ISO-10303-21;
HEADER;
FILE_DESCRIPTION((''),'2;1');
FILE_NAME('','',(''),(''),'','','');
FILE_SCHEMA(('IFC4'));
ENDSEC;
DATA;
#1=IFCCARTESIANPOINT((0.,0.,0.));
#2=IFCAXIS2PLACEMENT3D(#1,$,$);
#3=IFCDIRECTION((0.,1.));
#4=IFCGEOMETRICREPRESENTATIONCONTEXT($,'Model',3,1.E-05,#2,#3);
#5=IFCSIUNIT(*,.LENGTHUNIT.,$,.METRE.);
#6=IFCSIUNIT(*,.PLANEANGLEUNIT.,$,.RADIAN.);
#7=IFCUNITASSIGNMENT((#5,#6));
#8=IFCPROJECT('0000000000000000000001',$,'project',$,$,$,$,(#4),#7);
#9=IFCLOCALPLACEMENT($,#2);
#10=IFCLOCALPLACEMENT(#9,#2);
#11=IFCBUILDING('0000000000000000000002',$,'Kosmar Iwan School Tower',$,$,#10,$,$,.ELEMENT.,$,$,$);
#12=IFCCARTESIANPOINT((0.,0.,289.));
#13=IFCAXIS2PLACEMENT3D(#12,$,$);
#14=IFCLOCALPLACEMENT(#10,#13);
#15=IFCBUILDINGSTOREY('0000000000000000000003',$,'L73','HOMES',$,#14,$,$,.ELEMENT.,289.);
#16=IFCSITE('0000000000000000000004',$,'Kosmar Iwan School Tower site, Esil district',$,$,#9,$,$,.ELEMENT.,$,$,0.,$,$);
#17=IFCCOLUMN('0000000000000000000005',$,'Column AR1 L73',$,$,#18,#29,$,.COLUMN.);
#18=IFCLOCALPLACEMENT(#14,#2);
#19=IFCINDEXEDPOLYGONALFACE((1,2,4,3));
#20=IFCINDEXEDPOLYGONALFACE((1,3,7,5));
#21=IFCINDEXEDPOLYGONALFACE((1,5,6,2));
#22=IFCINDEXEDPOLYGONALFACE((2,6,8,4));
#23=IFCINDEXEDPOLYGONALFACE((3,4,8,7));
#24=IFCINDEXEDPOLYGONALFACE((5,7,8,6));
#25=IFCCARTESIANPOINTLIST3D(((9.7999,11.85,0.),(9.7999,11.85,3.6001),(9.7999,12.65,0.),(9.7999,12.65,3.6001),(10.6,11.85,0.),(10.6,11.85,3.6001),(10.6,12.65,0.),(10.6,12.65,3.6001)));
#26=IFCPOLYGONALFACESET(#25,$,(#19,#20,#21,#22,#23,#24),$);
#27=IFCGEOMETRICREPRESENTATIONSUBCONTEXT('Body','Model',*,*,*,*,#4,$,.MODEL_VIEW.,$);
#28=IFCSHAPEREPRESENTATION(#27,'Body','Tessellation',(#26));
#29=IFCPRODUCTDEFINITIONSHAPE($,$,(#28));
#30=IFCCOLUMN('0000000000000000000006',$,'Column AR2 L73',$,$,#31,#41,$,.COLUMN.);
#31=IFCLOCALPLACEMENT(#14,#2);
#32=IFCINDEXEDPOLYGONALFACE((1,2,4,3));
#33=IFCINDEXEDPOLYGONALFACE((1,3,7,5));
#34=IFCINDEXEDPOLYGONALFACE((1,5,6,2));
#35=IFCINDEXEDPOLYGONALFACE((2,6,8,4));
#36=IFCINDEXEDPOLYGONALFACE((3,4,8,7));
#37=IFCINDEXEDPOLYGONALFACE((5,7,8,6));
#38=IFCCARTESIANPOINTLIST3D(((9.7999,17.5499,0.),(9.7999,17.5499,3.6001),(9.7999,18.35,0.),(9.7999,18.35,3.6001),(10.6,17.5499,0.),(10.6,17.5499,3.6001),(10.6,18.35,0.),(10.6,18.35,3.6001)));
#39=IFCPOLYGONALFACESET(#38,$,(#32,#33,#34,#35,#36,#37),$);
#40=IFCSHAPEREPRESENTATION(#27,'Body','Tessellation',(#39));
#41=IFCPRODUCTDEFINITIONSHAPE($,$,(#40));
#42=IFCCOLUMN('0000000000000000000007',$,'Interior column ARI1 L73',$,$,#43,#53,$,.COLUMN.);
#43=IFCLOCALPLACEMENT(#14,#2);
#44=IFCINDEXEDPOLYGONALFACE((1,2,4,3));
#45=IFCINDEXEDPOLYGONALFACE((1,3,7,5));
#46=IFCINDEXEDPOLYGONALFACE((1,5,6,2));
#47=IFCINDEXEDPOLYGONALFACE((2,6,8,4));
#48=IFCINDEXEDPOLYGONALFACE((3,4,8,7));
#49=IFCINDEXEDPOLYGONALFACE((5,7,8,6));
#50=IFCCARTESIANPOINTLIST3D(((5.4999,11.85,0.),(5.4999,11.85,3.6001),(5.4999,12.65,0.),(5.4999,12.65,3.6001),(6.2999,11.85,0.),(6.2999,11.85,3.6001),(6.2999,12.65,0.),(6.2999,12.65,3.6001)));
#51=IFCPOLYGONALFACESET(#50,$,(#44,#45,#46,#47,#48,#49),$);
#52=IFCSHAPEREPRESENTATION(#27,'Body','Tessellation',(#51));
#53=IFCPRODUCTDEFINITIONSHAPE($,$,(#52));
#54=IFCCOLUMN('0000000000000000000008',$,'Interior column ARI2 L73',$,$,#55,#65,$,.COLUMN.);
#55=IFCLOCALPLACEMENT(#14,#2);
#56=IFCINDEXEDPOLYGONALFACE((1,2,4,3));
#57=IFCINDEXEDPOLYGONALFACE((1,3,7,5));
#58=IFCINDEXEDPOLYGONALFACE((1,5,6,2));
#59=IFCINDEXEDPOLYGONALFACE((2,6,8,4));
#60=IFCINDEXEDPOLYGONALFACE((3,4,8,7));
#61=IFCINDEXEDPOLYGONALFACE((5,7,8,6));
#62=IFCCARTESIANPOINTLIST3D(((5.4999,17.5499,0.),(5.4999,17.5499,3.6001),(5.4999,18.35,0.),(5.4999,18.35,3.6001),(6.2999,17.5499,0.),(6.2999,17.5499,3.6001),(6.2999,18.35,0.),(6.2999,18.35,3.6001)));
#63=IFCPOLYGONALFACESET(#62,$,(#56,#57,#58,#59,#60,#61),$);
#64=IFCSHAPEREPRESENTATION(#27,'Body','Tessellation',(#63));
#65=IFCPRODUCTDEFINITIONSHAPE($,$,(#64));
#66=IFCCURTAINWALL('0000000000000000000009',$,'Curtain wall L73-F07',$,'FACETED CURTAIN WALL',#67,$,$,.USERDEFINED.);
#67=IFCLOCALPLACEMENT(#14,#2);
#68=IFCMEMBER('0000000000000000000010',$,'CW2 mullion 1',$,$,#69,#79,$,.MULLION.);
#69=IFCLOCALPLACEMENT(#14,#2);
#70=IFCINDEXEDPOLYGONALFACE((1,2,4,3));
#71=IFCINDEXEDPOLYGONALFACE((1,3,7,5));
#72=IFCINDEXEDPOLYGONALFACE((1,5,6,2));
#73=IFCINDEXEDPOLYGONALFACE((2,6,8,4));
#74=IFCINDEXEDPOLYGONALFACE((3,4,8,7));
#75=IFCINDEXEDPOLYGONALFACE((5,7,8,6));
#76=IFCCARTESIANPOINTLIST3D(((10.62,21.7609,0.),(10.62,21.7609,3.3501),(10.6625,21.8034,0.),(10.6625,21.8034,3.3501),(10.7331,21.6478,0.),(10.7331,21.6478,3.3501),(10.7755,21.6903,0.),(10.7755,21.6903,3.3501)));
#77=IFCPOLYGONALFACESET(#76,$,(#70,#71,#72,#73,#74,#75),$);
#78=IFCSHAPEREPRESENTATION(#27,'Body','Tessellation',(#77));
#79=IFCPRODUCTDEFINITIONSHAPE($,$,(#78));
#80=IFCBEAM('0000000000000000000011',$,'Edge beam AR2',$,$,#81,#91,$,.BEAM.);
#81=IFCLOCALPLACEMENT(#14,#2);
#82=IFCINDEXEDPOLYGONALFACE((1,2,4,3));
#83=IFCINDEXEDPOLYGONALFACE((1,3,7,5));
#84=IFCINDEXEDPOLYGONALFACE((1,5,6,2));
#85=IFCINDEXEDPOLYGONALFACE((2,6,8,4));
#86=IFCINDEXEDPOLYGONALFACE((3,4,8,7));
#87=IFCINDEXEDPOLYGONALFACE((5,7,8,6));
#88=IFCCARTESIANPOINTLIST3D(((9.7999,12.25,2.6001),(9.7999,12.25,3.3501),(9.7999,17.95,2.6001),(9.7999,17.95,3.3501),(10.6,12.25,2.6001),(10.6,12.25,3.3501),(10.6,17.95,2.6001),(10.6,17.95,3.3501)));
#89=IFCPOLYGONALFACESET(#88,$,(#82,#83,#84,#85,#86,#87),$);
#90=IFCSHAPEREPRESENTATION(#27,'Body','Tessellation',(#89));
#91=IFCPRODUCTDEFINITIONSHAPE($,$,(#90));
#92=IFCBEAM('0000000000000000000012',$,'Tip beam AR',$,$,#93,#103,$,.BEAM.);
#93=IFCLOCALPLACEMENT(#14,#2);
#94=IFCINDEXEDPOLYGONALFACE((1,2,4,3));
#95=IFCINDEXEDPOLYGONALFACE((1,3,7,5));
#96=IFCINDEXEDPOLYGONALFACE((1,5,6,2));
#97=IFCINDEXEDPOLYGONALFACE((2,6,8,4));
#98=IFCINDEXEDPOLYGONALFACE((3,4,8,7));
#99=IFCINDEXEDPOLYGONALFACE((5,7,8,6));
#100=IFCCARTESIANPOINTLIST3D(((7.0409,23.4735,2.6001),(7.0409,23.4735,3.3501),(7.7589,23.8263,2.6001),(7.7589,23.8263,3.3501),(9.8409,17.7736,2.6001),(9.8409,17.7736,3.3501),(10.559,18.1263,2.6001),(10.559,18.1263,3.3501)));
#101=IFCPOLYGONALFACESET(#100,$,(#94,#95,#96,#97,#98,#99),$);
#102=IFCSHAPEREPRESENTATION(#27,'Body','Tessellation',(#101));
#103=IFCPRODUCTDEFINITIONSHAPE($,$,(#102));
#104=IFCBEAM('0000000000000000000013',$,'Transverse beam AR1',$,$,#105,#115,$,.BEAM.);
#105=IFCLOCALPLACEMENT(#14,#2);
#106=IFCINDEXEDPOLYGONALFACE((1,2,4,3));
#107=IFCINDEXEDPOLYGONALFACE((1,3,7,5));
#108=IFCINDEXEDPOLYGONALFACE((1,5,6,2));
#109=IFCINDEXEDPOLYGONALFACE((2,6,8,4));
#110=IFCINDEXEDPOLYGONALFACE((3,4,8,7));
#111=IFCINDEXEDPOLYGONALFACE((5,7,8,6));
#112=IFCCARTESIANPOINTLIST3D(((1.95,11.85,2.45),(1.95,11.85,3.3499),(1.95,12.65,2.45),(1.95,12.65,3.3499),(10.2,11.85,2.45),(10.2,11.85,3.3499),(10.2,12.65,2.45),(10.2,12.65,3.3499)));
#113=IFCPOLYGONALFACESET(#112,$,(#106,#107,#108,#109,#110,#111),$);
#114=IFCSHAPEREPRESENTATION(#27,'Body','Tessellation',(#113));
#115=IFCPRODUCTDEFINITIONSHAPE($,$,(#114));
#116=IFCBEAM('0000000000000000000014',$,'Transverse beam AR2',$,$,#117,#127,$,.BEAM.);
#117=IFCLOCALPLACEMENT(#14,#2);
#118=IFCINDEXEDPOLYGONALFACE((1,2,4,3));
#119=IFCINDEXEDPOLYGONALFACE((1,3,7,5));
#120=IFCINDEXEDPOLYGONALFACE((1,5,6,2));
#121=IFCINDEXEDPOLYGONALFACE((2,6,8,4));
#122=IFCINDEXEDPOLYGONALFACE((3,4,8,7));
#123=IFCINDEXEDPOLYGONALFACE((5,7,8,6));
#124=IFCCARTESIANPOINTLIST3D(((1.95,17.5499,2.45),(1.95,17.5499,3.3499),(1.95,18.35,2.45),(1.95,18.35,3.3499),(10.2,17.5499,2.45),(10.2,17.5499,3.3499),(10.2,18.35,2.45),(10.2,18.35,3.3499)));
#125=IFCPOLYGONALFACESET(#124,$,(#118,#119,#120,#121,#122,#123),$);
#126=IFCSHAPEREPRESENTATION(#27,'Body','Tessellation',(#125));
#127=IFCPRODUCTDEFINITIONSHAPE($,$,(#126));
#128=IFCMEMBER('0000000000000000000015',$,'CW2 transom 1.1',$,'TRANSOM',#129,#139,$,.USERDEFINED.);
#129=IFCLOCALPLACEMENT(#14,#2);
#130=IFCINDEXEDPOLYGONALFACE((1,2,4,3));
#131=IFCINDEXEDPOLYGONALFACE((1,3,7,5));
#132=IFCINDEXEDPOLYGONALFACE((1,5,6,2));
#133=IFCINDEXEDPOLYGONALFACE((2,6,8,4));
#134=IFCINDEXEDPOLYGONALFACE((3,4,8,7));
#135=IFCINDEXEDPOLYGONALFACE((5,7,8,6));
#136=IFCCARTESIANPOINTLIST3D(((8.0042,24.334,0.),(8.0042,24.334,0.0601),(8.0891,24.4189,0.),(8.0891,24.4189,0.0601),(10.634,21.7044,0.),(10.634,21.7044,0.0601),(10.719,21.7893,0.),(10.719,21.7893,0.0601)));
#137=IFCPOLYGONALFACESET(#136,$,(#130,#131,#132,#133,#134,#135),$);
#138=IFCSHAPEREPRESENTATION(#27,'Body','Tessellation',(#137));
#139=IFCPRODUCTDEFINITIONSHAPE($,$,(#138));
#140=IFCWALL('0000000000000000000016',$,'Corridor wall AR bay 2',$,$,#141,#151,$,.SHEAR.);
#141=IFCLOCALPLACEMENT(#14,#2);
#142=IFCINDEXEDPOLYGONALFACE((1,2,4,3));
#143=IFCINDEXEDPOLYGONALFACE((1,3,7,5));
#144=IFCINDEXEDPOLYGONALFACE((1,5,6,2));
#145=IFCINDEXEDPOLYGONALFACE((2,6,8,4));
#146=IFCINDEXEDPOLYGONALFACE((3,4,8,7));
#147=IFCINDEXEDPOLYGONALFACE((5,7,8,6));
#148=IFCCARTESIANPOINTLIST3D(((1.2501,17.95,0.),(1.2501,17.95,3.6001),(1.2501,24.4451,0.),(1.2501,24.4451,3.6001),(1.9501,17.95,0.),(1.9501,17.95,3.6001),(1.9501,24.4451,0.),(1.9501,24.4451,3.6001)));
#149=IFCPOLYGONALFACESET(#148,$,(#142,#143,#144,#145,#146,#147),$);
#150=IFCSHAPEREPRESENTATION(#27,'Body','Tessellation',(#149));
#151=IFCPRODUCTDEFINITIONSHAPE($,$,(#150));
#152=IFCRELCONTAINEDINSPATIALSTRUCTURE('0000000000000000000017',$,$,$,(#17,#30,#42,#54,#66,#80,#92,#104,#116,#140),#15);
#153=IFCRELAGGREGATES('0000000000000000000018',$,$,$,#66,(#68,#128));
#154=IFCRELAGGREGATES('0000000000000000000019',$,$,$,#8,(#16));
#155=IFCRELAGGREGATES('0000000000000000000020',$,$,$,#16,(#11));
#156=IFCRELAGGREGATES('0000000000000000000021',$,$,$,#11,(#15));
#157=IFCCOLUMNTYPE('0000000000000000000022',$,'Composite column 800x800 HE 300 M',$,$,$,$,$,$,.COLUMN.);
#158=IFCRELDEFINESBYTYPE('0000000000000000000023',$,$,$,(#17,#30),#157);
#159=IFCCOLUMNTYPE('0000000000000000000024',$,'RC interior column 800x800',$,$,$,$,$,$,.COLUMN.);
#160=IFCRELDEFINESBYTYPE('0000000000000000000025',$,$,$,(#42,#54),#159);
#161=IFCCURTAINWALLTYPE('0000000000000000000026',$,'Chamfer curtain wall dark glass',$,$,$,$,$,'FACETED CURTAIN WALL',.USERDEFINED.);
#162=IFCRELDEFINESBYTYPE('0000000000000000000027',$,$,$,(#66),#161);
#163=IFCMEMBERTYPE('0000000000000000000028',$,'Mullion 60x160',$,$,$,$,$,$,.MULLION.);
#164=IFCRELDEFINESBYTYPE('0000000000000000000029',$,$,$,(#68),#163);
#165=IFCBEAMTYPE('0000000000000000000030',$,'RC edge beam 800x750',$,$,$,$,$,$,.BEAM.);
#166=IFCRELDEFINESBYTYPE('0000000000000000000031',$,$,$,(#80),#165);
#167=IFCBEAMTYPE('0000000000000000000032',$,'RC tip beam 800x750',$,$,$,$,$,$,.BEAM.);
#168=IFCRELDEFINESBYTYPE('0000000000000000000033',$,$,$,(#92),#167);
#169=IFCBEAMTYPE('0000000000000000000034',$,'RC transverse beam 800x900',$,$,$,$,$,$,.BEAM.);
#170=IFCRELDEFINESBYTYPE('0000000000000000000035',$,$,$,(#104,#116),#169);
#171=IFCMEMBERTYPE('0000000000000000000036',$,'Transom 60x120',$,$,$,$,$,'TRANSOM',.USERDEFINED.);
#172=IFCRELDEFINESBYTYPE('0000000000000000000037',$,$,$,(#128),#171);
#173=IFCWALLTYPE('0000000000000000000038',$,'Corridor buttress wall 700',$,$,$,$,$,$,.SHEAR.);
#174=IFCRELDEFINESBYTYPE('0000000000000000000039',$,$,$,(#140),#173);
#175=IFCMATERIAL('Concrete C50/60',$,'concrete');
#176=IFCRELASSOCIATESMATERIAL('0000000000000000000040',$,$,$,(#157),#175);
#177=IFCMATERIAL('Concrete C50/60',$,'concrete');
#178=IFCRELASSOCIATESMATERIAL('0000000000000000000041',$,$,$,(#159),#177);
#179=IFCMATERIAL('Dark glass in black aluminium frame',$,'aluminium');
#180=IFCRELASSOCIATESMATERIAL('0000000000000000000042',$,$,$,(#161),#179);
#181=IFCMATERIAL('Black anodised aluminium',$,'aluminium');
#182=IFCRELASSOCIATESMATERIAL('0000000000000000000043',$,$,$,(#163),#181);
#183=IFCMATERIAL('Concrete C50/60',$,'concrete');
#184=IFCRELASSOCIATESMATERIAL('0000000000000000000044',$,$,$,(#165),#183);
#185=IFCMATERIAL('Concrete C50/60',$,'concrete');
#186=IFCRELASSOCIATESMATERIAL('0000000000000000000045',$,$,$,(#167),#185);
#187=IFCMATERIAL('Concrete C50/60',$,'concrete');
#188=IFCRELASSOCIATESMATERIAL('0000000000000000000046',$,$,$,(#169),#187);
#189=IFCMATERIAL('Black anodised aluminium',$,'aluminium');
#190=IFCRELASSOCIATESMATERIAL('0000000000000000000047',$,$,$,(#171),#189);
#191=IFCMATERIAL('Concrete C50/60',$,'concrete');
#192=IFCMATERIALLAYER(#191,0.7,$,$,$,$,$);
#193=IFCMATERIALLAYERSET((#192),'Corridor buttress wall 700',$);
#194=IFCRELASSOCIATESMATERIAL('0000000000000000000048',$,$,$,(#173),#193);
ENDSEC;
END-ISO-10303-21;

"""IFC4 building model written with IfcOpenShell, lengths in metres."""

from ifc_helpers import new_model, si_unit, direction, frame, frame_2d, origin, origin_2d, place, context, subcontext, project, spatial, rectangle, extrude, material, layer, layer_set, material_profile, profile_set, type_object, element, aggregate, save


model = new_model("IFC4")

# Units and contexts
model_context = context("Model", 3, precision=1e-05, world=origin(), true_north=direction((0.0, 1.0)))
body_context = subcontext(model_context, "Body", "Model", "MODEL_VIEW")
ifc_project = project(units=[si_unit("LENGTHUNIT", "METRE"), si_unit("PLANEANGLEUNIT", "RADIAN")], contexts=[model_context])

# Site, building, storey
site_placement = place(None, origin())
site = spatial("IfcSite", under=ifc_project, at=site_placement, Name="Kosmar Iwan School Tower site, Esil district", CompositionType="ELEMENT", RefElevation=0.0)
building_placement = place(site_placement, origin())
building = spatial("IfcBuilding", under=site, at=building_placement, Name="Kosmar Iwan School Tower", CompositionType="ELEMENT")
storey_placement = place(building_placement, frame((0.0, 0.0, 289.0)))
storey = spatial("IfcBuildingStorey", under=building, at=storey_placement, Name="L73", Description="HOMES", CompositionType="ELEMENT", Elevation=289.0)

# Columns
ifc_material_1 = material(Name="Concrete C50/60", Category="concrete")
ifc_material_profile_1 = material_profile(ifc_material_1, rectangle(XDim=0.8, YDim=0.8, at=origin_2d()), Name="RC 800x800 + HE 300 M")
ifc_profile_set_1 = profile_set([ifc_material_profile_1], Name="Concrete C50/60")
column_type_1 = type_object("IfcColumnType", Name="Composite column 800x800 HE 300 M", PredefinedType="COLUMN", material=ifc_profile_set_1)
for number, where, z_axis, x_axis, name in (
    (1, (10.2, 12.25, 0.0), (0.0, 0.0, 1.0), (0.0, 1.0, 0.0), "Column AR1 L73"),
    (2, (10.2, 17.95, 0.0), (0.0, 0.0, 1.0), (0.0, 1.0, 0.0), "Column AR2 L73"),
):
    element("IfcColumn", number, at=place(storey_placement, frame(where, z_axis=z_axis, x_axis=x_axis)), inside=storey, type_object=column_type_1, Name=name, PredefinedType="COLUMN", context=body_context, shape_type="SweptSolid", body=[
        extrude(rectangle(XDim=0.8, YDim=0.8, at=origin_2d()), origin(), (0.0, 0.0, 1.0), 3.6001),
    ])
ifc_material_2 = material(Name="Concrete C50/60", Category="concrete")
ifc_material_profile_2 = material_profile(ifc_material_2, rectangle(XDim=0.8, YDim=0.8, at=origin_2d()), Name="RC 800x800")
ifc_profile_set_2 = profile_set([ifc_material_profile_2], Name="Concrete C50/60")
column_type_2 = type_object("IfcColumnType", Name="RC interior column 800x800", PredefinedType="COLUMN", material=ifc_profile_set_2)
for number, where, z_axis, x_axis, name in (
    (3, (5.8999, 12.25, 0.0), (0.0, 0.0, 1.0), (0.0, 1.0, 0.0), "Interior column ARI1 L73"),
    (4, (5.8999, 17.95, 0.0), (0.0, 0.0, 1.0), (0.0, 1.0, 0.0), "Interior column ARI2 L73"),
):
    element("IfcColumn", number, at=place(storey_placement, frame(where, z_axis=z_axis, x_axis=x_axis)), inside=storey, type_object=column_type_2, Name=name, PredefinedType="COLUMN", context=body_context, shape_type="SweptSolid", body=[
        extrude(rectangle(XDim=0.8, YDim=0.8, at=origin_2d()), origin(), (0.0, 0.0, 1.0), 3.6001),
    ])

# Curtain wall, member
ifc_material_3 = material(Name="Dark glass in black aluminium frame", Category="aluminium")
curtain_wall_type = type_object("IfcCurtainWallType", Name="Chamfer curtain wall dark glass", ElementType="FACETED CURTAIN WALL", PredefinedType="USERDEFINED", material=ifc_material_3)
curtain_wall_placement = place(storey_placement, origin())
curtain_wall = element("IfcCurtainWall", 5, at=curtain_wall_placement, inside=storey, type_object=curtain_wall_type, Name="Curtain wall L73-F07", ObjectType="FACETED CURTAIN WALL", PredefinedType="USERDEFINED")
ifc_material_4 = material(Name="Black anodised aluminium", Category="aluminium")
ifc_material_profile_3 = material_profile(ifc_material_4, rectangle(XDim=0.0601, YDim=0.1599, at=origin_2d()), Name="MULLION 60x160")
ifc_profile_set_3 = profile_set([ifc_material_profile_3], Name="Black anodised aluminium")
member_type_1 = type_object("IfcMemberType", Name="Mullion 60x160", PredefinedType="MULLION", material=ifc_profile_set_3)
member_1_placement = place(storey_placement, frame((10.6978, 21.7256, 0.0), z_axis=(0.0, 0.0, 1.0), x_axis=(-0.707107, -0.707107, 0.0)))
member_1 = element("IfcMember", 6, at=member_1_placement, type_object=member_type_1, Name="CW2 mullion 1", PredefinedType="MULLION", context=body_context, shape_type="SweptSolid", body=[
    extrude(rectangle(XDim=0.0601, YDim=0.1599, at=origin_2d()), origin(), (0.0, 0.0, 1.0), 3.3501),
])

# Beams
ifc_material_5 = material(Name="Concrete C50/60", Category="concrete")
ifc_material_profile_4 = material_profile(ifc_material_5, rectangle(XDim=0.8, YDim=0.75, at=origin_2d()), Name="RC 800x750")
ifc_profile_set_4 = profile_set([ifc_material_profile_4], Name="Concrete C50/60")
beam_type_1 = type_object("IfcBeamType", Name="RC edge beam 800x750", PredefinedType="BEAM", material=ifc_profile_set_4)
beam_1_placement = place(storey_placement, frame((10.2, 12.25, 2.9751), z_axis=(0.0, 1.0, 0.0), x_axis=(-1.0, 0.0, 0.0)))
element("IfcBeam", 7, at=beam_1_placement, inside=storey, type_object=beam_type_1, Name="Edge beam AR2", PredefinedType="BEAM", context=body_context, shape_type="SweptSolid", body=[
    extrude(rectangle(XDim=0.8, YDim=0.75, at=origin_2d()), origin(), (0.0, 0.0, 1.0), 5.7),
])
ifc_material_6 = material(Name="Concrete C50/60", Category="concrete")
ifc_material_profile_5 = material_profile(ifc_material_6, rectangle(XDim=0.8, YDim=0.75, at=origin_2d()), Name="RC 800x750")
ifc_profile_set_5 = profile_set([ifc_material_profile_5], Name="Concrete C50/60")
beam_type_2 = type_object("IfcBeamType", Name="RC tip beam 800x750", PredefinedType="BEAM", material=ifc_profile_set_5)
beam_2_placement = place(storey_placement, frame((10.2, 17.95, 2.9751), z_axis=(-0.440913, 0.89755, 0.0), x_axis=(-0.89755, -0.440913, 0.0)))
element("IfcBeam", 8, at=beam_2_placement, inside=storey, type_object=beam_type_2, Name="Tip beam AR", PredefinedType="BEAM", context=body_context, shape_type="SweptSolid", body=[
    extrude(rectangle(XDim=0.8, YDim=0.75, at=origin_2d()), origin(), (0.0, 0.0, 1.0), 6.3506),
])
ifc_material_7 = material(Name="Concrete C50/60", Category="concrete")
ifc_material_profile_6 = material_profile(ifc_material_7, rectangle(XDim=0.8, YDim=0.8999, at=origin_2d()), Name="RC 800x900")
ifc_profile_set_6 = profile_set([ifc_material_profile_6], Name="Concrete C50/60")
beam_type_3 = type_object("IfcBeamType", Name="RC transverse beam 800x900", PredefinedType="BEAM", material=ifc_profile_set_6)
for number, where, z_axis, x_axis, name in (
    (9, (10.2, 12.25, 2.8999), (-1.0, 0.0, 0.0), (0.0, -1.0, 0.0), "Transverse beam AR1"),
    (10, (10.2, 17.95, 2.8999), (-1.0, 0.0, 0.0), (0.0, -1.0, 0.0), "Transverse beam AR2"),
):
    element("IfcBeam", number, at=place(storey_placement, frame(where, z_axis=z_axis, x_axis=x_axis)), inside=storey, type_object=beam_type_3, Name=name, PredefinedType="BEAM", context=body_context, shape_type="SweptSolid", body=[
        extrude(rectangle(XDim=0.8, YDim=0.8999, at=origin_2d()), origin(), (0.0, 0.0, 1.0), 8.25),
    ])

# Member
ifc_material_8 = material(Name="Black anodised aluminium", Category="aluminium")
ifc_material_profile_7 = material_profile(ifc_material_8, rectangle(XDim=0.1201, YDim=0.0601, at=origin_2d()), Name="TRANSOM 60x120")
ifc_profile_set_7 = profile_set([ifc_material_profile_7], Name="Black anodised aluminium")
member_type_2 = type_object("IfcMemberType", Name="Transom 60x120", ElementType="TRANSOM", PredefinedType="USERDEFINED", material=ifc_profile_set_7)
member_2_placement = place(storey_placement, frame((10.6765, 21.7468, 0.03), z_axis=(-0.70714, 0.707074, 0.0), x_axis=(-0.707074, -0.70714, 0.0)))
member_2 = element("IfcMember", 11, at=member_2_placement, type_object=member_type_2, Name="CW2 transom 1.1", ObjectType="TRANSOM", PredefinedType="USERDEFINED", context=body_context, shape_type="SweptSolid", body=[
    extrude(rectangle(XDim=0.1201, YDim=0.0601, at=origin_2d()), origin(), (0.0, 0.0, 1.0), 3.719),
])
aggregate(curtain_wall, [member_1, member_2])

# Wall
ifc_material_9 = material(Name="Concrete C50/60", Category="concrete")
ifc_layer_1 = layer(ifc_material_9, 0.7)
ifc_layer_set_1 = layer_set([ifc_layer_1], Name="Corridor buttress wall 700")
wall_type_1 = type_object("IfcWallType", Name="Corridor buttress wall 700", PredefinedType="SHEAR", material=ifc_layer_set_1)
wall_1_placement = place(storey_placement, frame((1.6001, 17.95, 0.0), z_axis=(0.0, 0.0, 1.0), x_axis=(0.0, 1.0, 0.0)))
element("IfcWall", 12, at=wall_1_placement, inside=storey, type_object=wall_type_1, Name="Corridor wall AR bay 2", PredefinedType="SHEAR", context=body_context, shape_type="SweptSolid", body=[
    extrude(rectangle(XDim=6.4951, YDim=0.7, at=frame_2d((3.2476, 0.0))), origin(), (0.0, 0.0, 1.0), 3.6001),
])

save(model, "model.ifc")
